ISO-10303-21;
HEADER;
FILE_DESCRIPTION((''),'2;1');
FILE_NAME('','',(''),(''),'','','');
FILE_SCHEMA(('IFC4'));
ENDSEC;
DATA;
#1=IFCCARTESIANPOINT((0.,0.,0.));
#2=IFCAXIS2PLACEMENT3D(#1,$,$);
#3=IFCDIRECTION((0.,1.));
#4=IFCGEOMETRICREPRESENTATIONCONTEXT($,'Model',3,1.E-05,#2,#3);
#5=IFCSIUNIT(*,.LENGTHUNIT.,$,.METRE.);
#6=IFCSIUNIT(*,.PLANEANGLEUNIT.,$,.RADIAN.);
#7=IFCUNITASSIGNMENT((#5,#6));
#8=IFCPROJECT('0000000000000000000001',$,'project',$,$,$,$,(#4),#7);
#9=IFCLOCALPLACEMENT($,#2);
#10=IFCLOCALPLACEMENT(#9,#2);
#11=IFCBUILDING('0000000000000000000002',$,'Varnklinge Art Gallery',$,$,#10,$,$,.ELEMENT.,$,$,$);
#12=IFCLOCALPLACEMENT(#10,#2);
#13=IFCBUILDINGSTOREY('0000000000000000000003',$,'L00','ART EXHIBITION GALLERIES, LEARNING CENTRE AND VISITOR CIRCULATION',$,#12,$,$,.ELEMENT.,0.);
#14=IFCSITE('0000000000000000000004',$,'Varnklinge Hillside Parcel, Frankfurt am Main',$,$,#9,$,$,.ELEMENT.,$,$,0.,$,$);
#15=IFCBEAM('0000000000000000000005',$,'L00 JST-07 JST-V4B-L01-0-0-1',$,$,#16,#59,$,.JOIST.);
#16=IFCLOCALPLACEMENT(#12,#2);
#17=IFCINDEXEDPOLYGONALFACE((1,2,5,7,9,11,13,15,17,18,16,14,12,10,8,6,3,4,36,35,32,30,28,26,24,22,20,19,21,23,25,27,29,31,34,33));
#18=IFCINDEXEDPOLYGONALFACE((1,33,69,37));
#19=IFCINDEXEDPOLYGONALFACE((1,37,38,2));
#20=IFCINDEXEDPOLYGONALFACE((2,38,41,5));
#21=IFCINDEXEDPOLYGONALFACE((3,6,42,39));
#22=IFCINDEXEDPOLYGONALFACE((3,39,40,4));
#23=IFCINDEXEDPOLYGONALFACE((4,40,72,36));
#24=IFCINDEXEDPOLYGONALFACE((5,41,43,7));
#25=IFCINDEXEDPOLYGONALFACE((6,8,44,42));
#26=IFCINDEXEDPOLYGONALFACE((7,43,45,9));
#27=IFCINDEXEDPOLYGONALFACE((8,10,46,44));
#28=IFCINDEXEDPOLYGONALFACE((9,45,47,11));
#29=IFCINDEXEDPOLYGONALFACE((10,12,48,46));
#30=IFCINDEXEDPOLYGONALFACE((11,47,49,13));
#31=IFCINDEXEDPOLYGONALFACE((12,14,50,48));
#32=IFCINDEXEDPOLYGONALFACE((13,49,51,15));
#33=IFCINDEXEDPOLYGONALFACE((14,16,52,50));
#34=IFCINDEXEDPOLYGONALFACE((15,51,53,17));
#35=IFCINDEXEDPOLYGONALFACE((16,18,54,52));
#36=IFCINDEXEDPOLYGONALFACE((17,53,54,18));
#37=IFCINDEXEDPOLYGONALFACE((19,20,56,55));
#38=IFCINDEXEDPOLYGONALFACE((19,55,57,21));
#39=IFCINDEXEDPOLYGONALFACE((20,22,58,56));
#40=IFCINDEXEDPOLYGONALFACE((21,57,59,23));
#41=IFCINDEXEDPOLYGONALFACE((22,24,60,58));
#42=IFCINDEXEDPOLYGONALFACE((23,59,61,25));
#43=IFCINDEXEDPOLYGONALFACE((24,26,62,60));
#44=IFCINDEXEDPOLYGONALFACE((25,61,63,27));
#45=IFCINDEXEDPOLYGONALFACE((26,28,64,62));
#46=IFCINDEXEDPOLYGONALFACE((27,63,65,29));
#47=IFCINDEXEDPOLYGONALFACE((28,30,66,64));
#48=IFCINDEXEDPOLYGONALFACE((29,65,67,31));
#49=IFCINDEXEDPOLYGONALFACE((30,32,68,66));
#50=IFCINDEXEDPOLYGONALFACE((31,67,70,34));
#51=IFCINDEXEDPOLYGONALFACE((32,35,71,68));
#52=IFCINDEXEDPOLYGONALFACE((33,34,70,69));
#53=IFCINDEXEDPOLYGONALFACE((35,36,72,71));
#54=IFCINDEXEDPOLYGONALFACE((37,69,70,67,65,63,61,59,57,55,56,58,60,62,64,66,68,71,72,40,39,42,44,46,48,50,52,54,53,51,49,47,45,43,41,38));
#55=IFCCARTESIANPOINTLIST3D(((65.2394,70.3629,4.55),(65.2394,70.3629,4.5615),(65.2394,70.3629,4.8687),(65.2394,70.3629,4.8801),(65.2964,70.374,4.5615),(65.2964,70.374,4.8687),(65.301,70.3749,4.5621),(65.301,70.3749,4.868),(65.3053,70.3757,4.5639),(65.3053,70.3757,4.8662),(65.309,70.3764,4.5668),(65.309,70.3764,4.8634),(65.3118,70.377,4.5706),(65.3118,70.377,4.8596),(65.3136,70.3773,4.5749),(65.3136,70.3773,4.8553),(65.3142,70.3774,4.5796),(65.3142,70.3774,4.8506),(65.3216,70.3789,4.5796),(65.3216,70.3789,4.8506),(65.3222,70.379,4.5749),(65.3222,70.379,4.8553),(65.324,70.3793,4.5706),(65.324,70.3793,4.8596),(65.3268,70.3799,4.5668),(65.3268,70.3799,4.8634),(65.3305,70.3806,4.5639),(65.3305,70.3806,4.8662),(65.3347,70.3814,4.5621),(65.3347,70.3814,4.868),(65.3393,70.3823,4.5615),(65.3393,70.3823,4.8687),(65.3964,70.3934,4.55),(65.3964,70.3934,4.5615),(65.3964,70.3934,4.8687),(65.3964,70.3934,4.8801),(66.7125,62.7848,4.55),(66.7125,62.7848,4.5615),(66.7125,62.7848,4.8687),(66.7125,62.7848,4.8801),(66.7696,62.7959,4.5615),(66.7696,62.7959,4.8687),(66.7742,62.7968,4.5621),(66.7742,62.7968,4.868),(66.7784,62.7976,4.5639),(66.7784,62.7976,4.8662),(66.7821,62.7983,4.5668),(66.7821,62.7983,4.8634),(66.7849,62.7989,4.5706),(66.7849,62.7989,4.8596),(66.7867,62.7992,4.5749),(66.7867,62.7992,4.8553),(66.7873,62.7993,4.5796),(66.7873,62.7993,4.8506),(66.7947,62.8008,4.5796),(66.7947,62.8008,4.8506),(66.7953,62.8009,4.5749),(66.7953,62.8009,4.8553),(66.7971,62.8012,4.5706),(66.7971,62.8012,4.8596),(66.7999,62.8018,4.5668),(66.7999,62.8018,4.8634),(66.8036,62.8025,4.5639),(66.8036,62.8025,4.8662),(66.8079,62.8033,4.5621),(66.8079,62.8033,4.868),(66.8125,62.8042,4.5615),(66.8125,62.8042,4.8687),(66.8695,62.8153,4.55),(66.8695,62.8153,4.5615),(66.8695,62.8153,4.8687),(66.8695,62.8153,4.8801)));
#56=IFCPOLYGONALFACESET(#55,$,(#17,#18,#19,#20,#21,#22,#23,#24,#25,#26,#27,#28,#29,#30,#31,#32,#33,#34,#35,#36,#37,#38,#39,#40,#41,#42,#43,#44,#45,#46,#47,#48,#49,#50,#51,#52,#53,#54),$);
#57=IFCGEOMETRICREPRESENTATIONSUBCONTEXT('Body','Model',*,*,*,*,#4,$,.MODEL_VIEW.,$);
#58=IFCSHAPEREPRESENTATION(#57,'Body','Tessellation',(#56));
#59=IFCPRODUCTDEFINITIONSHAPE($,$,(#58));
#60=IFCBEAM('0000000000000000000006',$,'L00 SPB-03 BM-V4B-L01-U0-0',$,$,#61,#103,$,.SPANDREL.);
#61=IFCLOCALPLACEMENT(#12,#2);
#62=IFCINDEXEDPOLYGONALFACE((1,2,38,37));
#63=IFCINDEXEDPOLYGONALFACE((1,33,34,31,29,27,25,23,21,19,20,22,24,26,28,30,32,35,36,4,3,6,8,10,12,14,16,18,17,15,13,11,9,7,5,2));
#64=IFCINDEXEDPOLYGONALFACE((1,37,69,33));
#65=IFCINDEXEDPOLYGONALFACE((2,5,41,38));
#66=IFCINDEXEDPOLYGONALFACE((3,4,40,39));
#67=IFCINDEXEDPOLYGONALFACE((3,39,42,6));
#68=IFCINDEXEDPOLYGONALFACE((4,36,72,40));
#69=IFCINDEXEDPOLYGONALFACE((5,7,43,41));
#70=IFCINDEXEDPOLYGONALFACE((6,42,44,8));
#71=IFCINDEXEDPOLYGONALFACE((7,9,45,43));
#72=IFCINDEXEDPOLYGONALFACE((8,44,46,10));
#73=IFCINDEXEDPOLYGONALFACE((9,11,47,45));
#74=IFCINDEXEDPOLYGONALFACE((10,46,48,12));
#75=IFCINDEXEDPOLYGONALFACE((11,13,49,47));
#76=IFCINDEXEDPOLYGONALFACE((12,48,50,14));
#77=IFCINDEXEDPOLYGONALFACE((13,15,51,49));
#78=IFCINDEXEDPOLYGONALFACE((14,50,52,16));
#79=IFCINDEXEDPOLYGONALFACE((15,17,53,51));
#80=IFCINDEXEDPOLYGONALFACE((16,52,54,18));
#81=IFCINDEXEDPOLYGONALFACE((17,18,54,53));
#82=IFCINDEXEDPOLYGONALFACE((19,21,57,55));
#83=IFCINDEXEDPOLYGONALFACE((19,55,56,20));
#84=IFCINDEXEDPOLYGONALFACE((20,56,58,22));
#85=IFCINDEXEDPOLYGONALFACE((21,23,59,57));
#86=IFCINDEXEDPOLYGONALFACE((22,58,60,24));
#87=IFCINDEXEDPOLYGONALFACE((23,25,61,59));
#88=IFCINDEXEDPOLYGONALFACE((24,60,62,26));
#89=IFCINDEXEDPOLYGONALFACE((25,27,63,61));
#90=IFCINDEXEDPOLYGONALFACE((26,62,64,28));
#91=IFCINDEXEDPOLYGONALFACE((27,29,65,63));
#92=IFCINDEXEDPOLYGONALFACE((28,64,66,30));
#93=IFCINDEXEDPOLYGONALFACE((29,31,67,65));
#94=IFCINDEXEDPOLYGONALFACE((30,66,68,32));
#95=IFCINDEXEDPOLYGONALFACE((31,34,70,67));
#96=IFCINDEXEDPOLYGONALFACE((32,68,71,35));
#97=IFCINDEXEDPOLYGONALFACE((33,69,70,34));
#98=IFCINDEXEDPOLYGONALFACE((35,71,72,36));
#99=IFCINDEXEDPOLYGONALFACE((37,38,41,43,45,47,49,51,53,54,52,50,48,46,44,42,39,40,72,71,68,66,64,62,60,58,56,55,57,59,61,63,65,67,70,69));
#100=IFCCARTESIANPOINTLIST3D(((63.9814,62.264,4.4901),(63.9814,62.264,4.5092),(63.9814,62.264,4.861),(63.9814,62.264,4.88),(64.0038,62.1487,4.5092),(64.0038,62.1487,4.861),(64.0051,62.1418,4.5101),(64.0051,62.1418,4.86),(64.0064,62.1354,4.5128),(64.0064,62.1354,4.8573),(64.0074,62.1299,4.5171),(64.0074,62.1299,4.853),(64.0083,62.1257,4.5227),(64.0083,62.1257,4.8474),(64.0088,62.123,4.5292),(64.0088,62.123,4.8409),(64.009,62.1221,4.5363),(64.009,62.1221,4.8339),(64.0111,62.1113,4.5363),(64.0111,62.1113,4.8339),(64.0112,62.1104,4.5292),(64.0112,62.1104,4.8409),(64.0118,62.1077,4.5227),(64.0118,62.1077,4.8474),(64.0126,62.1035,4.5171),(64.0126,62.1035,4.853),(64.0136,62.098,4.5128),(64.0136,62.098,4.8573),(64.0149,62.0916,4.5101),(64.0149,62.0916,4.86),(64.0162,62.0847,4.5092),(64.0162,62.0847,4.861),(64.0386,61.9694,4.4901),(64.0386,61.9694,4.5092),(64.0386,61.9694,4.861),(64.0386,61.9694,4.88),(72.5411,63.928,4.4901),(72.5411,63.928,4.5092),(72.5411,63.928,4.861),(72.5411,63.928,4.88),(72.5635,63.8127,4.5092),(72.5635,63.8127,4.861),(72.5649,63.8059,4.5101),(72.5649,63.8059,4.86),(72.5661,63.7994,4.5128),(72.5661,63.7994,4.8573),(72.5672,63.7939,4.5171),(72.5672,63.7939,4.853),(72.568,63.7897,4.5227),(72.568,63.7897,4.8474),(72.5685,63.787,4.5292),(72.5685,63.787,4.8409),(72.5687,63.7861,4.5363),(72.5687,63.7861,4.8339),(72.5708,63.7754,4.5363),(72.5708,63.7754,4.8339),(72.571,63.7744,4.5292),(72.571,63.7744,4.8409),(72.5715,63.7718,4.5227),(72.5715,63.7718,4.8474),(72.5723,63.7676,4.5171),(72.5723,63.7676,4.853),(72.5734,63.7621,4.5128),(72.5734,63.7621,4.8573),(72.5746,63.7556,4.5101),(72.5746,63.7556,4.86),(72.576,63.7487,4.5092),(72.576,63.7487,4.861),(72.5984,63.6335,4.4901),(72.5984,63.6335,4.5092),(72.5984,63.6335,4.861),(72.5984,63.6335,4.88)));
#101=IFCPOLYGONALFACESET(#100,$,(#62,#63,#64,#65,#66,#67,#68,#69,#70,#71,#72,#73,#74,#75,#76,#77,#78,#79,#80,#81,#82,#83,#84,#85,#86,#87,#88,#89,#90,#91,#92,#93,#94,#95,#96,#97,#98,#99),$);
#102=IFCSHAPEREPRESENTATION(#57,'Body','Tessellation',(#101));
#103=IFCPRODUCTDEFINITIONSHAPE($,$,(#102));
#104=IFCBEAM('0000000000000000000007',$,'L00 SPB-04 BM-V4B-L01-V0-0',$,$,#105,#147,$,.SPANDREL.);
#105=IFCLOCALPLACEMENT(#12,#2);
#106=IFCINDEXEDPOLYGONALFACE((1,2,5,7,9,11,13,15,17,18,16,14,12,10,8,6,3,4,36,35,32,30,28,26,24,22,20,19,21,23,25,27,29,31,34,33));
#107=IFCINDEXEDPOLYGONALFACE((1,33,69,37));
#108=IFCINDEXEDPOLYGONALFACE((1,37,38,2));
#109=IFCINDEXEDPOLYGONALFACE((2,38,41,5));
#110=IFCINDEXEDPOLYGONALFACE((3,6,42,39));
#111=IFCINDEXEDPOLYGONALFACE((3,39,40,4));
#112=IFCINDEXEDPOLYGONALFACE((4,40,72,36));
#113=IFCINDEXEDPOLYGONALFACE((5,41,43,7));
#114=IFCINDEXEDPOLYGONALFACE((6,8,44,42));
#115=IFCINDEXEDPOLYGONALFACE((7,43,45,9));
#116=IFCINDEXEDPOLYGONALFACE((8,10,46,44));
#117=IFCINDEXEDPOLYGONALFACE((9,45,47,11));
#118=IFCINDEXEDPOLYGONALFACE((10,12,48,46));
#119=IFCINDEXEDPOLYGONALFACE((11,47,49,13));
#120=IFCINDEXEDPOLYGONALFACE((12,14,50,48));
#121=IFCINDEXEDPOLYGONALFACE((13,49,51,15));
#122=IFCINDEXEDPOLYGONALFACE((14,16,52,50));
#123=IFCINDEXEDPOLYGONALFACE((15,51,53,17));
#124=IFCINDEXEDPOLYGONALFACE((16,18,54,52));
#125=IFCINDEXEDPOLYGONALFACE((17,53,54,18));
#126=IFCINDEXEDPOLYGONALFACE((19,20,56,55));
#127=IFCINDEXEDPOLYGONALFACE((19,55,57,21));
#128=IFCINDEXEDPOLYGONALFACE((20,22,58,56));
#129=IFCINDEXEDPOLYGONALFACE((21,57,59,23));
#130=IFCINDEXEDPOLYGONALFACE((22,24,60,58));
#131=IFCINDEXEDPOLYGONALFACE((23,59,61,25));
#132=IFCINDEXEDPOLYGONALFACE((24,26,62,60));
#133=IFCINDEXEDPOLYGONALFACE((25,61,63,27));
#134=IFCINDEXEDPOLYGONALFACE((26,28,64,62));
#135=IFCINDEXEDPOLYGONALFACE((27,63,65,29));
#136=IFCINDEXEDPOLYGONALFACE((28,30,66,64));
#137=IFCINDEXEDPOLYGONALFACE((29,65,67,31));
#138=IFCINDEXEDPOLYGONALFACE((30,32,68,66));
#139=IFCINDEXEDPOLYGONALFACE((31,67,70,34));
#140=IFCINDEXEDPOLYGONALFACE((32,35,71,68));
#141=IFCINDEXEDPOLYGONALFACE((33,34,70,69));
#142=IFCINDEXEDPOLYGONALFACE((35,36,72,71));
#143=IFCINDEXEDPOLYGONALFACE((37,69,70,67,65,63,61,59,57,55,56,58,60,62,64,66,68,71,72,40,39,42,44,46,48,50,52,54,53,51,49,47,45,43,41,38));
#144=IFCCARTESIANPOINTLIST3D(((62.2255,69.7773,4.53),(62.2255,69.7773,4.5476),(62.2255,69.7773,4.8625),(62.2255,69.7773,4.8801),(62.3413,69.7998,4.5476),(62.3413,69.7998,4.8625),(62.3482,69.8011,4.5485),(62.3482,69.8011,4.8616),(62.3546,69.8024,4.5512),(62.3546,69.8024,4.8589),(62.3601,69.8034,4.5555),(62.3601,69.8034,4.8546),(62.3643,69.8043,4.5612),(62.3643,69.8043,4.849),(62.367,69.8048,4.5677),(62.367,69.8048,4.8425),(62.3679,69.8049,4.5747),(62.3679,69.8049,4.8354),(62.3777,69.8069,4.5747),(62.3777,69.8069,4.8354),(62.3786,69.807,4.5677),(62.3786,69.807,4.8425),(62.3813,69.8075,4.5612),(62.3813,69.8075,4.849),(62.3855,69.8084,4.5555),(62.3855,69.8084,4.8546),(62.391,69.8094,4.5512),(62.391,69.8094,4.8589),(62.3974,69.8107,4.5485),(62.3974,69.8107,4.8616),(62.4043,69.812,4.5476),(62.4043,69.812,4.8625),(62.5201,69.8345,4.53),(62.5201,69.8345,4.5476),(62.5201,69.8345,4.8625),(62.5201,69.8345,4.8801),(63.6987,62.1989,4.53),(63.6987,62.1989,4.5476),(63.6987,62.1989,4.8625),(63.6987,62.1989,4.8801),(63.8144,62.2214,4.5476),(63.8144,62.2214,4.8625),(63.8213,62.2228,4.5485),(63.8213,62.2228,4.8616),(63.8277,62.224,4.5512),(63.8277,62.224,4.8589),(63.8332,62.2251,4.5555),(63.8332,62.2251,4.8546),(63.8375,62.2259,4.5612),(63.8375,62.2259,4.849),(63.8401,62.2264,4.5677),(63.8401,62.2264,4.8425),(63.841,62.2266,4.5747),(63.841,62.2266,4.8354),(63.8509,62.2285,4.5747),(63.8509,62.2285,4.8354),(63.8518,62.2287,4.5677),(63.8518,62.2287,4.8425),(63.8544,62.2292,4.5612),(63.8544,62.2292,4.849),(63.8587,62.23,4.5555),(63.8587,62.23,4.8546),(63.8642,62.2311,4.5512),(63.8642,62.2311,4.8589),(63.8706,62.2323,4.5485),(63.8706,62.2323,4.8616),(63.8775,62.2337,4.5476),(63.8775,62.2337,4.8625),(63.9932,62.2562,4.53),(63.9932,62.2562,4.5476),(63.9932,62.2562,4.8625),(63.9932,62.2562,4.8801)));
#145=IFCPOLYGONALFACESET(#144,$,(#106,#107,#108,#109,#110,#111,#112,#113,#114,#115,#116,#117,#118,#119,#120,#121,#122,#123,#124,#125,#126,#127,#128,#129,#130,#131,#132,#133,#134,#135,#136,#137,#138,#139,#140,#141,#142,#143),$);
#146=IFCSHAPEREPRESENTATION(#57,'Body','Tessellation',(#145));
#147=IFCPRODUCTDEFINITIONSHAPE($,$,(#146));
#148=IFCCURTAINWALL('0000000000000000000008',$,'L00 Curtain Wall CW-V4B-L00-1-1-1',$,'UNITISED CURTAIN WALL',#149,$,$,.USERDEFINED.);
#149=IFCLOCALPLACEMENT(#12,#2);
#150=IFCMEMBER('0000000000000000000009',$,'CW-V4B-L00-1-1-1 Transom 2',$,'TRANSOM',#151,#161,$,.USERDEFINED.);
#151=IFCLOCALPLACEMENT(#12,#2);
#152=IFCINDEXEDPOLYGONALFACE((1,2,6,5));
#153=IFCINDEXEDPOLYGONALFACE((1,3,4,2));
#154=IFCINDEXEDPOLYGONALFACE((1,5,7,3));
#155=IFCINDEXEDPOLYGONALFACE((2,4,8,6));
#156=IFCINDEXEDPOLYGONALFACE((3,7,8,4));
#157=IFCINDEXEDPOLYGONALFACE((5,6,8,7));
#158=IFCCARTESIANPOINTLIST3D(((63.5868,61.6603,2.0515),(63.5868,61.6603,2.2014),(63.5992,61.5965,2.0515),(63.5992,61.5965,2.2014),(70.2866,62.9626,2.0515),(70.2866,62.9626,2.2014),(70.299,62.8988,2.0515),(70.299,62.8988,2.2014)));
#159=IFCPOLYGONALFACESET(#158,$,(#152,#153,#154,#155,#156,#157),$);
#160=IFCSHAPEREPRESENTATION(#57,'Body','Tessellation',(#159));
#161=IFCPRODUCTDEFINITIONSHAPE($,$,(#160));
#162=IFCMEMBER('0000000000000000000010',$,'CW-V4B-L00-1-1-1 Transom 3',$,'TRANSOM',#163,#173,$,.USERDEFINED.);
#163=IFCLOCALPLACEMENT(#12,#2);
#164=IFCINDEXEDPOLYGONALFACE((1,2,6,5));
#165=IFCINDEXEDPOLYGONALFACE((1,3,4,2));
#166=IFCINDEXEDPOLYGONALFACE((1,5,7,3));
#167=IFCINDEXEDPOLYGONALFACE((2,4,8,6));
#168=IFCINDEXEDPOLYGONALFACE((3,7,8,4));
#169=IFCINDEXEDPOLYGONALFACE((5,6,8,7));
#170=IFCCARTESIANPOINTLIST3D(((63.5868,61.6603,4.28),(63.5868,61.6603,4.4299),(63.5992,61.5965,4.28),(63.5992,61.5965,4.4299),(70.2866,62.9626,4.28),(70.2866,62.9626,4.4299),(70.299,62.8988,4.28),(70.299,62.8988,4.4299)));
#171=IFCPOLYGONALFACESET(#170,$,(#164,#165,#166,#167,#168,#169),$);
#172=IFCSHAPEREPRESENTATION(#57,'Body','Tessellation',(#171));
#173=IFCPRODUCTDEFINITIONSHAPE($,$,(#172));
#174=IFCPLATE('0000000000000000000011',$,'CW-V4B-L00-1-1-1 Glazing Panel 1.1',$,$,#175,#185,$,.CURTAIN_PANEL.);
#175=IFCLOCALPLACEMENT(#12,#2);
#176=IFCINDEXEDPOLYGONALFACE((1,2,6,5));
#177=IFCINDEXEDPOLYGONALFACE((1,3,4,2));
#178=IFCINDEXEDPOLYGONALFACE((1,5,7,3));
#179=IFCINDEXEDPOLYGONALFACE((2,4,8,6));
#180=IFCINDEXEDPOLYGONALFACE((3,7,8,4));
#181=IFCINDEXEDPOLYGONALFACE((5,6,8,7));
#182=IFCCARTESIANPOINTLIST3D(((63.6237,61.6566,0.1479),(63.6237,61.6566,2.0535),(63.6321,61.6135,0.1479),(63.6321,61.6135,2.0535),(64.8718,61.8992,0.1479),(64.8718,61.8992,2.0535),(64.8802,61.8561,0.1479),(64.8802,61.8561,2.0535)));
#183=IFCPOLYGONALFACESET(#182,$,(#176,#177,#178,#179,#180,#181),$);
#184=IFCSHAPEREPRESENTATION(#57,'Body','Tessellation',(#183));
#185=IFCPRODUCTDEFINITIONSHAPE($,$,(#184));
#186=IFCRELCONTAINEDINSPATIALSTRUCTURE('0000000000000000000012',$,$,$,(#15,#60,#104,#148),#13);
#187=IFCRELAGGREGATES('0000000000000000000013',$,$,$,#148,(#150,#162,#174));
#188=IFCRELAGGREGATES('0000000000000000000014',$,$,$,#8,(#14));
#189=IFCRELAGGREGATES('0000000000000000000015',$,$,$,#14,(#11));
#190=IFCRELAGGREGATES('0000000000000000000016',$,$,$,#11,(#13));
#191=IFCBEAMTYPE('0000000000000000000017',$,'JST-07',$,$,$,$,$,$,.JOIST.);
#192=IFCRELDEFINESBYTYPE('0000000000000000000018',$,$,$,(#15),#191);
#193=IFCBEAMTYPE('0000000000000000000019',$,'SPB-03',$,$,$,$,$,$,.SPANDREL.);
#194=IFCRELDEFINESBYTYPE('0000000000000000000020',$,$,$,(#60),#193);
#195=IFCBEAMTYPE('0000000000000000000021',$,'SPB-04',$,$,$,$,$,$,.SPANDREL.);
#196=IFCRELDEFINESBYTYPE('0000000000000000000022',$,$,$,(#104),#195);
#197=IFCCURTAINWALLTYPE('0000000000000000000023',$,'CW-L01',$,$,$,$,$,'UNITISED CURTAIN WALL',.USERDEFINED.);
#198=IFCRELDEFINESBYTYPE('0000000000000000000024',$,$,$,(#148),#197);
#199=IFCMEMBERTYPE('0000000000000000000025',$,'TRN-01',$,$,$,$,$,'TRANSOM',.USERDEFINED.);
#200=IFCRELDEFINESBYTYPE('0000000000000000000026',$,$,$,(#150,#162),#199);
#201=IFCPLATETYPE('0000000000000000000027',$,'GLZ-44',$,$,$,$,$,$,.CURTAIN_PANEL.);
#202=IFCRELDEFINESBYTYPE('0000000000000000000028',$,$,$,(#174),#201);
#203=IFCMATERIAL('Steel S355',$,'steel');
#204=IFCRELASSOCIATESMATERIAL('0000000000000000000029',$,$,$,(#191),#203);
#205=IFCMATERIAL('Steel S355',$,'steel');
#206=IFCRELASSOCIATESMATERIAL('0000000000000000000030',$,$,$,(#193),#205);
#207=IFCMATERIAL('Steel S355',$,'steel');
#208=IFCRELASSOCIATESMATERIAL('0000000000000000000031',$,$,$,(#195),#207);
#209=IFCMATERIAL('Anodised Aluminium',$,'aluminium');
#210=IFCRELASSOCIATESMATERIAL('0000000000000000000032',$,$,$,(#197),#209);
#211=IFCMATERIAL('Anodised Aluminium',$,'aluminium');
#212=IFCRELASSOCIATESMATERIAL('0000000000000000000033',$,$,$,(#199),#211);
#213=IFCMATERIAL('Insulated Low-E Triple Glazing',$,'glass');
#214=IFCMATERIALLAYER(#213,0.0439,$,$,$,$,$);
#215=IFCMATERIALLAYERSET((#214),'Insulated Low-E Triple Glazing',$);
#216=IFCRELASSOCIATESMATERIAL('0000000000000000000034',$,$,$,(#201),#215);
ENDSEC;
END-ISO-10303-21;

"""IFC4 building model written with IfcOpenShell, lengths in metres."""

from ifc_helpers import new_model, si_unit, direction, frame, origin, origin_2d, place, context, subcontext, project, spatial, rectangle, i_section, extrude, material, layer, layer_set, material_profile, profile_set, type_object, element, aggregate, save


model = new_model("IFC4")

# Units and contexts
model_context = context("Model", 3, precision=1e-05, world=origin(), true_north=direction((0.0, 1.0)))
body_context = subcontext(model_context, "Body", "Model", "MODEL_VIEW")
ifc_project = project(units=[si_unit("LENGTHUNIT", "METRE"), si_unit("PLANEANGLEUNIT", "RADIAN")], contexts=[model_context])

# Site, building, storey
site_placement = place(None, origin())
site = spatial("IfcSite", under=ifc_project, at=site_placement, Name="Varnklinge Hillside Parcel, Frankfurt am Main", CompositionType="ELEMENT", RefElevation=0.0)
building_placement = place(site_placement, origin())
building = spatial("IfcBuilding", under=site, at=building_placement, Name="Varnklinge Art Gallery", CompositionType="ELEMENT")
storey_placement = place(building_placement, origin())
storey = spatial("IfcBuildingStorey", under=building, at=storey_placement, Name="L00", Description="ART EXHIBITION GALLERIES, LEARNING CENTRE AND VISITOR CIRCULATION", CompositionType="ELEMENT", Elevation=0.0)

# Beams
ifc_material_1 = material(Name="Steel S355", Category="steel")
ifc_material_profile_1 = material_profile(ifc_material_1, i_section(OverallWidth=0.1599, OverallDepth=0.3301, WebThickness=0.0076, FlangeThickness=0.0115, FilletRadius=0.0181, at=origin_2d()), Name="IPE 330")
ifc_profile_set_1 = profile_set([ifc_material_profile_1], Name="Steel S355")
beam_type_1 = type_object("IfcBeamType", Name="JST-07", PredefinedType="JOIST", material=ifc_profile_set_1)
beam_1_placement = place(storey_placement, frame((66.791, 62.8, 4.7151), z_axis=(-0.190822, 0.981625, 0.0), x_axis=(-0.981625, -0.190822, 0.0)))
element("IfcBeam", 1, at=beam_1_placement, inside=storey, type_object=beam_type_1, Name="L00 JST-07 JST-V4B-L01-0-0-1", PredefinedType="JOIST", context=body_context, shape_type="SweptSolid", body=[
    extrude(i_section(OverallWidth=0.1599, OverallDepth=0.3301, WebThickness=0.0076, FlangeThickness=0.0115, FilletRadius=0.0181, at=origin_2d()), origin(), (0.0, 0.0, 1.0), 7.72),
])
ifc_material_2 = material(Name="Steel S355", Category="steel")
ifc_material_profile_2 = material_profile(ifc_material_2, i_section(OverallWidth=0.3, OverallDepth=0.3899, WebThickness=0.011, FlangeThickness=0.019, FilletRadius=0.0271, at=origin_2d()), Name="HEA 400")
ifc_profile_set_2 = profile_set([ifc_material_profile_2], Name="Steel S355")
beam_type_2 = type_object("IfcBeamType", Name="SPB-03", PredefinedType="SPANDREL", material=ifc_profile_set_2)
beam_2_placement = place(storey_placement, frame((64.01, 62.1167, 4.6851), z_axis=(0.981623, 0.190831, 0.0), x_axis=(-0.190831, 0.981623, 0.0)))
element("IfcBeam", 2, at=beam_2_placement, inside=storey, type_object=beam_type_2, Name="L00 SPB-03 BM-V4B-L01-U0-0", PredefinedType="SPANDREL", context=body_context, shape_type="SweptSolid", body=[
    extrude(i_section(OverallWidth=0.3, OverallDepth=0.3899, WebThickness=0.011, FlangeThickness=0.019, FilletRadius=0.0271, at=origin_2d()), origin(), (0.0, 0.0, 1.0), 8.72),
])
ifc_material_3 = material(Name="Steel S355", Category="steel")
ifc_material_profile_3 = material_profile(ifc_material_3, i_section(OverallWidth=0.3, OverallDepth=0.3501, WebThickness=0.01, FlangeThickness=0.0176, FilletRadius=0.0271, at=origin_2d()), Name="HEA 360")
ifc_profile_set_3 = profile_set([ifc_material_profile_3], Name="Steel S355")
beam_type_3 = type_object("IfcBeamType", Name="SPB-04", PredefinedType="SPANDREL", material=ifc_profile_set_3)
beam_3_placement = place(storey_placement, frame((63.8459, 62.2275, 4.7051), z_axis=(-0.190816, 0.981626, 0.0), x_axis=(-0.981626, -0.190816, 0.0)))
element("IfcBeam", 3, at=beam_3_placement, inside=storey, type_object=beam_type_3, Name="L00 SPB-04 BM-V4B-L01-V0-0", PredefinedType="SPANDREL", context=body_context, shape_type="SweptSolid", body=[
    extrude(i_section(OverallWidth=0.3, OverallDepth=0.3501, WebThickness=0.01, FlangeThickness=0.0176, FilletRadius=0.0271, at=origin_2d()), origin(), (0.0, 0.0, 1.0), 7.7202),
])

# Curtain wall, members, plate
ifc_material_4 = material(Name="Anodised Aluminium", Category="aluminium")
curtain_wall_type_1 = type_object("IfcCurtainWallType", Name="CW-L01", ElementType="UNITISED CURTAIN WALL", PredefinedType="USERDEFINED", material=ifc_material_4)
curtain_wall_1_placement = place(storey_placement, origin())
curtain_wall_1 = element("IfcCurtainWall", 4, at=curtain_wall_1_placement, inside=storey, type_object=curtain_wall_type_1, Name="L00 Curtain Wall CW-V4B-L00-1-1-1", ObjectType="UNITISED CURTAIN WALL", PredefinedType="USERDEFINED")
ifc_material_5 = material(Name="Anodised Aluminium", Category="aluminium")
ifc_material_profile_4 = material_profile(ifc_material_5, rectangle(XDim=0.0649, YDim=0.1499, at=origin_2d()), Name="ALU 65x150")
ifc_profile_set_4 = profile_set([ifc_material_profile_4], Name="Anodised Aluminium")
member_type = type_object("IfcMemberType", Name="TRN-01", ElementType="TRANSOM", PredefinedType="USERDEFINED", material=ifc_profile_set_4)
member_1_placement = place(storey_placement, frame((63.593, 61.6284, 2.1265), z_axis=(0.981628, 0.190803, 0.0), x_axis=(-0.190803, 0.981628, 0.0)))
member_1 = element("IfcMember", 5, at=member_1_placement, type_object=member_type, Name="CW-V4B-L00-1-1-1 Transom 2", ObjectType="TRANSOM", PredefinedType="USERDEFINED", context=body_context, shape_type="SweptSolid", body=[
    extrude(rectangle(XDim=0.0649, YDim=0.1499, at=origin_2d()), origin(), (0.0, 0.0, 1.0), 6.8252),
])
member_2_placement = place(storey_placement, frame((63.593, 61.6284, 4.355), z_axis=(0.981628, 0.190803, 0.0), x_axis=(-0.190803, 0.981628, 0.0)))
member_2 = element("IfcMember", 6, at=member_2_placement, type_object=member_type, Name="CW-V4B-L00-1-1-1 Transom 3", ObjectType="TRANSOM", PredefinedType="USERDEFINED", context=body_context, shape_type="SweptSolid", body=[
    extrude(rectangle(XDim=0.0649, YDim=0.1499, at=origin_2d()), origin(), (0.0, 0.0, 1.0), 6.8252),
])
ifc_material_6 = material(Name="Insulated Low-E Triple Glazing", Category="glass")
ifc_layer_1 = layer(ifc_material_6, 0.0439)
ifc_layer_set_1 = layer_set([ifc_layer_1], Name="Insulated Low-E Triple Glazing")
plate_type_1 = type_object("IfcPlateType", Name="GLZ-44", PredefinedType="CURTAIN_PANEL", material=ifc_layer_set_1)
plate_1_placement = place(storey_placement, frame((64.252, 61.7563, 0.1479), z_axis=(0.0, 0.0, 1.0), x_axis=(0.981627, 0.190809, 0.0)))
plate_1 = element("IfcPlate", 7, at=plate_1_placement, type_object=plate_type_1, Name="CW-V4B-L00-1-1-1 Glazing Panel 1.1", PredefinedType="CURTAIN_PANEL", context=body_context, shape_type="SweptSolid", body=[
    extrude(rectangle(XDim=1.2715, YDim=0.0439, at=origin_2d()), origin(), (0.0, 0.0, 1.0), 1.9055),
])
aggregate(curtain_wall_1, [member_1, member_2, plate_1])

save(model, "model.ifc")
